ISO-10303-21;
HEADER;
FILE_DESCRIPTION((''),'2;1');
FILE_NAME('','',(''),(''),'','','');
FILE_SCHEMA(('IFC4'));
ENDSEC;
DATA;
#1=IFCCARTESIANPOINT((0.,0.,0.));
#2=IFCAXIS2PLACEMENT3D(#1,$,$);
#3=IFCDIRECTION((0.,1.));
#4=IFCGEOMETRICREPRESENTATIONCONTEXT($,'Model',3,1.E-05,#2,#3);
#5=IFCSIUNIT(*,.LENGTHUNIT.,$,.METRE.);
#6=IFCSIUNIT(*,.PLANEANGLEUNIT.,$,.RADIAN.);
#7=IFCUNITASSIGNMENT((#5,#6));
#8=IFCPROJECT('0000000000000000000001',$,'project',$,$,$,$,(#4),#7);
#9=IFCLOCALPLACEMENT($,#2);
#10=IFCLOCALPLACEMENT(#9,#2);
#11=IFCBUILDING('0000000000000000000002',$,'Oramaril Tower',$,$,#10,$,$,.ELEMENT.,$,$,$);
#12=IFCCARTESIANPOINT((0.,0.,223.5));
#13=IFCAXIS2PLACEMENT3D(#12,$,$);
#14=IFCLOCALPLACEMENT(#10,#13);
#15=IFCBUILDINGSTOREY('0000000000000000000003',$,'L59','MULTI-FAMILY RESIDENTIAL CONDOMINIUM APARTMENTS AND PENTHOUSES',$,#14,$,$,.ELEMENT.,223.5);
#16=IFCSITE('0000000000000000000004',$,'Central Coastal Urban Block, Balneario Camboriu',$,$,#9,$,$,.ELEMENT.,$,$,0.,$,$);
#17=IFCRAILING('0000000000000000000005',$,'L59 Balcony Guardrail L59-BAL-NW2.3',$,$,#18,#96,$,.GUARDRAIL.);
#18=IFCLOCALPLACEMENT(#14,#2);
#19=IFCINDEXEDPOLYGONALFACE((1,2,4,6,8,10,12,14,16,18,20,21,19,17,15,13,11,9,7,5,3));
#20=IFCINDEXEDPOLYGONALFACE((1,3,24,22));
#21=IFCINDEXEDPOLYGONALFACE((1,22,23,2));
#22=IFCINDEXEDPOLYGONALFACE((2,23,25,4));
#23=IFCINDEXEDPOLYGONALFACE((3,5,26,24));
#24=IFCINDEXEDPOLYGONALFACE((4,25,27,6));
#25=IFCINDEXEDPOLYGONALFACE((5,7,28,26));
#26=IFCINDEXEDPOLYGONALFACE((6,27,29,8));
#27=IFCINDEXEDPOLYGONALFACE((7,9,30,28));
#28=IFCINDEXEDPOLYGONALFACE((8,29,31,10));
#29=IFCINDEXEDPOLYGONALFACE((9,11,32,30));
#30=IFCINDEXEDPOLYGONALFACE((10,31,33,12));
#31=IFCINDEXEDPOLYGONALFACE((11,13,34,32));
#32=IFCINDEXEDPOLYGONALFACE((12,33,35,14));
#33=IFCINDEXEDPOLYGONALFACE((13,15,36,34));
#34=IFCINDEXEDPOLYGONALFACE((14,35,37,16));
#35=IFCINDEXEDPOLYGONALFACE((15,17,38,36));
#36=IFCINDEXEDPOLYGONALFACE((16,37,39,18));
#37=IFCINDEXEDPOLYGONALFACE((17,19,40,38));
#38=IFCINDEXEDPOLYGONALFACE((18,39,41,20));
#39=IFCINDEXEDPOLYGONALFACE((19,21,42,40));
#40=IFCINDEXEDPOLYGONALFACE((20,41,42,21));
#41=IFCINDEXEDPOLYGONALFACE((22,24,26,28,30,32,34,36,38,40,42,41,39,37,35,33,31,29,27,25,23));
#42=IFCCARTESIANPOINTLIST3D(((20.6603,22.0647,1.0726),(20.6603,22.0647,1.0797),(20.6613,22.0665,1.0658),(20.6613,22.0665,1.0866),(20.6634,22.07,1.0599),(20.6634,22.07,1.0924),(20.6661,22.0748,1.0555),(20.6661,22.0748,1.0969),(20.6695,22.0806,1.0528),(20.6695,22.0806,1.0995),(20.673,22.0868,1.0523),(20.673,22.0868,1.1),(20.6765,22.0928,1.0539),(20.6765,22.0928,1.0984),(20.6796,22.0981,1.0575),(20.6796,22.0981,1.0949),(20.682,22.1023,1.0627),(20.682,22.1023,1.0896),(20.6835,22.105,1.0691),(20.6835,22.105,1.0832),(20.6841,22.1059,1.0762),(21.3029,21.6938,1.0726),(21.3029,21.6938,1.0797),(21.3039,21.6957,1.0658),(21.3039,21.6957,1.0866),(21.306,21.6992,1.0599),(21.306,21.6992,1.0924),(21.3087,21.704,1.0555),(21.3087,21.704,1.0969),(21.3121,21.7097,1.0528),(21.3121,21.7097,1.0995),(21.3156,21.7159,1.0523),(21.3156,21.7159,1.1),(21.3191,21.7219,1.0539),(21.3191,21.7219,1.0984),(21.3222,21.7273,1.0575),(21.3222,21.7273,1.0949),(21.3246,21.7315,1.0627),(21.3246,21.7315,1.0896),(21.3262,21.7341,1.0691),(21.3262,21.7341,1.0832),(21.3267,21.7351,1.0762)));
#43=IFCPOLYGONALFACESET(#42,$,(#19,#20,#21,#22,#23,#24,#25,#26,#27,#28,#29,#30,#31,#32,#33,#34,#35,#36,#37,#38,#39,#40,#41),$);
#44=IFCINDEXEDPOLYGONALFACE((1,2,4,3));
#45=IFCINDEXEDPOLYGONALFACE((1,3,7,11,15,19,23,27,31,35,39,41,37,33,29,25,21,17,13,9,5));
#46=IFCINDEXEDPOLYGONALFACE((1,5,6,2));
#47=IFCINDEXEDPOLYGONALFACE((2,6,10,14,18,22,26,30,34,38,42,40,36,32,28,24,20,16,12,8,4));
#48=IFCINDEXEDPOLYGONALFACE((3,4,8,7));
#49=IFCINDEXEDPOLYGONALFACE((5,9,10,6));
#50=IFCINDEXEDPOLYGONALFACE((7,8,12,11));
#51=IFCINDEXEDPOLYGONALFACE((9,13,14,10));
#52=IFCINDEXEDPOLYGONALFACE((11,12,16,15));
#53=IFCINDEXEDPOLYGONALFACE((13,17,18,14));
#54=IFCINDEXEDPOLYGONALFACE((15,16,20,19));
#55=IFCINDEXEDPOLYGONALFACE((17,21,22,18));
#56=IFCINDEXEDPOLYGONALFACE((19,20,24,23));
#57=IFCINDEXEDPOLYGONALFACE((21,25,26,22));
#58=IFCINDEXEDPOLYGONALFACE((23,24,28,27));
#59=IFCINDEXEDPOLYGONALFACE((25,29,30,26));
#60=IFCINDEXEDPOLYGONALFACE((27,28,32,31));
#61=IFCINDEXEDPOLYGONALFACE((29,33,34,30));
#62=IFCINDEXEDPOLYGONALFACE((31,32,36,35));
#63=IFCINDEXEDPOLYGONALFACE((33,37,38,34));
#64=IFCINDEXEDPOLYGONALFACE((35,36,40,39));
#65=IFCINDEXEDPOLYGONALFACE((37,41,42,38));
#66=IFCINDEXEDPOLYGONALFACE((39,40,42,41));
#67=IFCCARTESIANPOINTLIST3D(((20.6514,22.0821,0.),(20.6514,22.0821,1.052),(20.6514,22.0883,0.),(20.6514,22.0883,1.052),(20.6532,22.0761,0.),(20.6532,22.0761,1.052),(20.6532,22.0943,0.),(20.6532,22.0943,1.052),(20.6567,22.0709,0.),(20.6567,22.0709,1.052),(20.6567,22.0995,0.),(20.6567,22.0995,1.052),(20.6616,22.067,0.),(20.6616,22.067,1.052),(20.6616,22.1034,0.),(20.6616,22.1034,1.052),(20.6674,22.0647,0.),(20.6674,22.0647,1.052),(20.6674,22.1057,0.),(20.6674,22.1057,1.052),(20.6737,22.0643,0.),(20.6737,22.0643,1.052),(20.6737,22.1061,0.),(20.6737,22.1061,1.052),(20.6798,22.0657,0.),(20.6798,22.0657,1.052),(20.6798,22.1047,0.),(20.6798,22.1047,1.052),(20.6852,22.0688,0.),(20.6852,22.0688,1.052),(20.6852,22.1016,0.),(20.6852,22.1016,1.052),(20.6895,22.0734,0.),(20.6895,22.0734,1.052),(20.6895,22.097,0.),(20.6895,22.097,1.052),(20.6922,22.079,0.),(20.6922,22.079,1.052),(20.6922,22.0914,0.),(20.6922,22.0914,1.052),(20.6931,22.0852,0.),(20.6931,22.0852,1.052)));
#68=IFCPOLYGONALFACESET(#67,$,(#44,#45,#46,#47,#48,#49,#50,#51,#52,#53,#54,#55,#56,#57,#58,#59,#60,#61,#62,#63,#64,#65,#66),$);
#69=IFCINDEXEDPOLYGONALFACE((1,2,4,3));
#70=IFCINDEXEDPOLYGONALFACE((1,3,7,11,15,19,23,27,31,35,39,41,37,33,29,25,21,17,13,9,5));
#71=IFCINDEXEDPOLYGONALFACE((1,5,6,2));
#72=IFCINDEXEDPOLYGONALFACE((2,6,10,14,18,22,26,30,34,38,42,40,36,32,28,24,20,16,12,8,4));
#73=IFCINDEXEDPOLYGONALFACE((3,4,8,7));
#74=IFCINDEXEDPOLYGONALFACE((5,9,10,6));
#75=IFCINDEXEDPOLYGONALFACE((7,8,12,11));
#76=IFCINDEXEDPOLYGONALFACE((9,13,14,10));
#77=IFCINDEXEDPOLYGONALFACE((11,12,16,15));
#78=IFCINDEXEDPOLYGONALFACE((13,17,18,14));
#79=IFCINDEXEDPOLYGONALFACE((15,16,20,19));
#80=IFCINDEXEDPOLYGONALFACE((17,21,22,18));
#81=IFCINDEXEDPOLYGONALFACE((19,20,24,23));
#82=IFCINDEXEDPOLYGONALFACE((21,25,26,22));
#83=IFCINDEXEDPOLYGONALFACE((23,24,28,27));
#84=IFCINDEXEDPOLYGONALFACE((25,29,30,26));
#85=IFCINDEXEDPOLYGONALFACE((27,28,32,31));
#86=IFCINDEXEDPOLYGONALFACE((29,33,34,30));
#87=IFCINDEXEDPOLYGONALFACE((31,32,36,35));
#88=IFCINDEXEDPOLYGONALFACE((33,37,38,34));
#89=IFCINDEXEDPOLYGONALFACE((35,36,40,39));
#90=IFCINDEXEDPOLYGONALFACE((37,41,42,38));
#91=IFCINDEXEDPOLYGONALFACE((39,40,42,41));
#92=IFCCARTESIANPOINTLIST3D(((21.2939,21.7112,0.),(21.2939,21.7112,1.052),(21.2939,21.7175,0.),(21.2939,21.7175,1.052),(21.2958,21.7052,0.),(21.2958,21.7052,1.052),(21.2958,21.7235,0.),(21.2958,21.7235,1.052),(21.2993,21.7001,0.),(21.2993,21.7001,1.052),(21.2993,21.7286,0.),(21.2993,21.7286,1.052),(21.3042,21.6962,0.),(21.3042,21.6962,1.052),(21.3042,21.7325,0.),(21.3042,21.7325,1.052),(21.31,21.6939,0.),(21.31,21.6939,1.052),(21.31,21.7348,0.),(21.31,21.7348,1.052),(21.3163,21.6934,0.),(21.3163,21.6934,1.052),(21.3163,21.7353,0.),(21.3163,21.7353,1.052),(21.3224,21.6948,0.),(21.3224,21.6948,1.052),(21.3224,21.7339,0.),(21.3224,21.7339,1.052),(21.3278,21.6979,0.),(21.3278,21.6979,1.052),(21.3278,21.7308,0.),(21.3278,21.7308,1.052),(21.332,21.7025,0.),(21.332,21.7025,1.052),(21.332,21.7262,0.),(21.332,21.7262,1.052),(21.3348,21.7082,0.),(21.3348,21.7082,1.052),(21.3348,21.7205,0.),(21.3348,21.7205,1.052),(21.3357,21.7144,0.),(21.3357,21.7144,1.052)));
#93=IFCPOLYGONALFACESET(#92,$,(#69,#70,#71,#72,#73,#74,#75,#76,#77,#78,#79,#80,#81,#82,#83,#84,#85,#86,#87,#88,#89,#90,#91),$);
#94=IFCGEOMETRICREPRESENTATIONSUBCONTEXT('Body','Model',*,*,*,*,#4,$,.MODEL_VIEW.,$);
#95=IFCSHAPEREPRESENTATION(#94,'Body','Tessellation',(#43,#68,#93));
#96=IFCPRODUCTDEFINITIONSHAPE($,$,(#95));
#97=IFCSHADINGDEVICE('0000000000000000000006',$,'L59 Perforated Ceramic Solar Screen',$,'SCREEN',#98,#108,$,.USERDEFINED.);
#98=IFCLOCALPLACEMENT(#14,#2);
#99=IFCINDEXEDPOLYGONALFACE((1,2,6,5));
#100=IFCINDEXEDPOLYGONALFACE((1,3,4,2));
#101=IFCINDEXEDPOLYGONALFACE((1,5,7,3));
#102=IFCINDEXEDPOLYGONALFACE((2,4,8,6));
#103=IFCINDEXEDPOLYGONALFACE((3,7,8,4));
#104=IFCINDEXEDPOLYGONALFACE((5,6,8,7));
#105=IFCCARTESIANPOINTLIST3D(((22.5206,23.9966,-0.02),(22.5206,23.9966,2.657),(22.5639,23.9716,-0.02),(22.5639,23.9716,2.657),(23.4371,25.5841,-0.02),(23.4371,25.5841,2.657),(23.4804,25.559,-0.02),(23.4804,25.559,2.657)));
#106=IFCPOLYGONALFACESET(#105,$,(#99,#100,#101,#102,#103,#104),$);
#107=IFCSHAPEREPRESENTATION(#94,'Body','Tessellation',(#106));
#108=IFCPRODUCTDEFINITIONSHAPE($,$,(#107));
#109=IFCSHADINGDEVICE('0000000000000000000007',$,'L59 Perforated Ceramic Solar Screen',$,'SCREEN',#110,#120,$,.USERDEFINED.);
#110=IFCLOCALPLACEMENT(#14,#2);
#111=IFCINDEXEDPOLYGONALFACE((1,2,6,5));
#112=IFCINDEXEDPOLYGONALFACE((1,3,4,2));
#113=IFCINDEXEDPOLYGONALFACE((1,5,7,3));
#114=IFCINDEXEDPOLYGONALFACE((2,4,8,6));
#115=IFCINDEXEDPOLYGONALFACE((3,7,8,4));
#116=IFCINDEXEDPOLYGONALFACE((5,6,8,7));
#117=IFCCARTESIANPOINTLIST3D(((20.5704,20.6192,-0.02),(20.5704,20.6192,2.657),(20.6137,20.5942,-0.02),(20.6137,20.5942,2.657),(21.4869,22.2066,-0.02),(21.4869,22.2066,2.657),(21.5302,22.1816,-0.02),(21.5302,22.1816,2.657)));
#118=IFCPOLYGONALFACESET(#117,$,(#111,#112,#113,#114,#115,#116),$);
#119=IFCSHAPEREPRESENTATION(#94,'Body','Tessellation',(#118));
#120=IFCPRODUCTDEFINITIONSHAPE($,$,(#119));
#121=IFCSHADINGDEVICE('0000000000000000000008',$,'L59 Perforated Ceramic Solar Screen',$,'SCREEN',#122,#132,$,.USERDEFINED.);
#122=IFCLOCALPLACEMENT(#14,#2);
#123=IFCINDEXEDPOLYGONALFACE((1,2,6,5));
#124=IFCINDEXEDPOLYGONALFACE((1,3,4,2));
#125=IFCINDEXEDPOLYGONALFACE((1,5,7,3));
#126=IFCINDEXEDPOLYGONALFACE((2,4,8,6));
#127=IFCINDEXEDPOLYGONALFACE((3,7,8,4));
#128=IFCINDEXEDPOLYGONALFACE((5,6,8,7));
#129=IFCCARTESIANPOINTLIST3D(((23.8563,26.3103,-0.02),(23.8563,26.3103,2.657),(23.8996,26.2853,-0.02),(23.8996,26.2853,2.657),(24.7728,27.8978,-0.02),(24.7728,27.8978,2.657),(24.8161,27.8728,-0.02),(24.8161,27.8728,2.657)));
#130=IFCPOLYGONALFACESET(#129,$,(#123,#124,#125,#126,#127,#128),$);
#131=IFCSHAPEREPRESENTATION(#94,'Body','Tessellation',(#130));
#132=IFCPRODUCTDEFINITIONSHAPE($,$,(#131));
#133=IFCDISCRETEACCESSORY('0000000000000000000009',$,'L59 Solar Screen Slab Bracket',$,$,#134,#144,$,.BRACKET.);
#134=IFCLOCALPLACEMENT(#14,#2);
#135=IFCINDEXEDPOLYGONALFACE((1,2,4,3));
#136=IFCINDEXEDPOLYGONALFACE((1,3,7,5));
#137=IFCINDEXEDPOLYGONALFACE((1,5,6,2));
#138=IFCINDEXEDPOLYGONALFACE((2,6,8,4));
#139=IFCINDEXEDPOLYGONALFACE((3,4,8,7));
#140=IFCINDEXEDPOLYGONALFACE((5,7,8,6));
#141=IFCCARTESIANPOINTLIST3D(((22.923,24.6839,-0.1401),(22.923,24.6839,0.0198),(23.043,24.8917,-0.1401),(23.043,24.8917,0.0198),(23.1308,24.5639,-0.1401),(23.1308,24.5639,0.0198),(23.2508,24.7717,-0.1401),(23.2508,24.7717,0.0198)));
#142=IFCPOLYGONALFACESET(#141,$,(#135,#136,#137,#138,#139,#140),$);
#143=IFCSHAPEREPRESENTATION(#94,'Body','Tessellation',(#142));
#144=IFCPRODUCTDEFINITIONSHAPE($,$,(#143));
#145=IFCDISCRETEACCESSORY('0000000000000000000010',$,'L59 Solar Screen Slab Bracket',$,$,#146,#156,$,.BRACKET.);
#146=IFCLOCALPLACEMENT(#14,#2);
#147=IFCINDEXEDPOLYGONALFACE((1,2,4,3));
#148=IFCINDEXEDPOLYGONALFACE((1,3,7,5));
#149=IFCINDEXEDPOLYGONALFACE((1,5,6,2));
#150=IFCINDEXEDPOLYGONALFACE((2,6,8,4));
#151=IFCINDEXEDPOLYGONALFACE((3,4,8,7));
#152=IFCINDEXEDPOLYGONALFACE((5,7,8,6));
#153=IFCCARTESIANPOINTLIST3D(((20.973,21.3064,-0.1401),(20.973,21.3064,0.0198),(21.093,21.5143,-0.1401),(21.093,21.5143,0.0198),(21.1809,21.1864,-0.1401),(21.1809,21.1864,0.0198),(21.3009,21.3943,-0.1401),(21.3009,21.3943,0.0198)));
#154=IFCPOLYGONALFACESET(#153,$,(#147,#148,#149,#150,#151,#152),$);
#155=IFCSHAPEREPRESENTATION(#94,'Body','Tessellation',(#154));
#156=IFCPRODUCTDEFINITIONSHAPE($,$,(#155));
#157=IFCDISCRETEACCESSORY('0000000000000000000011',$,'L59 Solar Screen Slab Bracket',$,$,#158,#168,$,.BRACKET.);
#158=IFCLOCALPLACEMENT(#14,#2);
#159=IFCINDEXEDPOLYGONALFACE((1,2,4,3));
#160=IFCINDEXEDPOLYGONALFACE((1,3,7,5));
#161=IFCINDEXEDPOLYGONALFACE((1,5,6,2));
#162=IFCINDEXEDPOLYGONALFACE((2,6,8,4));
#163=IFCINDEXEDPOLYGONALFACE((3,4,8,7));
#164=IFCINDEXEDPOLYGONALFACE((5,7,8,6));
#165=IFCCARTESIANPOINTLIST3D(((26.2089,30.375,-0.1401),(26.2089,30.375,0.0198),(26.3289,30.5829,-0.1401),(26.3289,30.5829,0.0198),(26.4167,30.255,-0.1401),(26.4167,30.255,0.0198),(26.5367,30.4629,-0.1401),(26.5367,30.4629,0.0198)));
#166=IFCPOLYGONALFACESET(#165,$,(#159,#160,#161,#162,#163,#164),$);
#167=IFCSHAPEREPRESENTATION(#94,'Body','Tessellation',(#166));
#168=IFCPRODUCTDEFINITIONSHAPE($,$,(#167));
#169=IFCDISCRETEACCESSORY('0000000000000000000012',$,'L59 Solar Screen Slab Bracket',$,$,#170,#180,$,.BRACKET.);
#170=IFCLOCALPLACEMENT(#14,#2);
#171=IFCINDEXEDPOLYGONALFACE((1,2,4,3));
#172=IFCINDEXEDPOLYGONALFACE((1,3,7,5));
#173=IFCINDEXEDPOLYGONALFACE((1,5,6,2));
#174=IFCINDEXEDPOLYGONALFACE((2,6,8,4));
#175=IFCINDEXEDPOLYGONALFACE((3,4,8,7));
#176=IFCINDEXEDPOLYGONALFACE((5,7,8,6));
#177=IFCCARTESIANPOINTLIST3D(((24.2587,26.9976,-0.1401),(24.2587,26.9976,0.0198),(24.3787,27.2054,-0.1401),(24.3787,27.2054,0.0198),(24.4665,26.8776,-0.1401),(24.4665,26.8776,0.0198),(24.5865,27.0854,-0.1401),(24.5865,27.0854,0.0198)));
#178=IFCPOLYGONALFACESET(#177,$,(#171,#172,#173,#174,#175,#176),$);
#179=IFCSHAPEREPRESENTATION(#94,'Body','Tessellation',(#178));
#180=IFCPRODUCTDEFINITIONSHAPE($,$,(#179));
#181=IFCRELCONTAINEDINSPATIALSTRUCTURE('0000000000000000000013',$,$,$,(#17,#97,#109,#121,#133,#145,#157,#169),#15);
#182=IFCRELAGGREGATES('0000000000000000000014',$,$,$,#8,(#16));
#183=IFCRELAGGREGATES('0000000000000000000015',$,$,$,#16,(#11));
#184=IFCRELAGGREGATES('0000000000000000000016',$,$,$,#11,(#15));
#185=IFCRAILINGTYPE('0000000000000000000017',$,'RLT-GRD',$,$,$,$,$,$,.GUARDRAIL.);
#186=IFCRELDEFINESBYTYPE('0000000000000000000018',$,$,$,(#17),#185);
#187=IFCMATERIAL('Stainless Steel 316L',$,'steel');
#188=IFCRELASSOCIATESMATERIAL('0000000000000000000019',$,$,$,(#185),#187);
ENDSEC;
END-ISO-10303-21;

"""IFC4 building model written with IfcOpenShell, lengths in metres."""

from ifc_helpers import new_model, si_unit, direction, frame, origin, origin_2d, place, context, subcontext, project, spatial, rectangle, circle, extrude, material, type_object, element, save


model = new_model("IFC4")

# Units and contexts
model_context = context("Model", 3, precision=1e-05, world=origin(), true_north=direction((0.0, 1.0)))
body_context = subcontext(model_context, "Body", "Model", "MODEL_VIEW")
ifc_project = project(units=[si_unit("LENGTHUNIT", "METRE"), si_unit("PLANEANGLEUNIT", "RADIAN")], contexts=[model_context])

# Site, building, storey
site_placement = place(None, origin())
site = spatial("IfcSite", under=ifc_project, at=site_placement, Name="Central Coastal Urban Block, Balneario Camboriu", CompositionType="ELEMENT", RefElevation=0.0)
building_placement = place(site_placement, origin())
building = spatial("IfcBuilding", under=site, at=building_placement, Name="Oramaril Tower", CompositionType="ELEMENT")
storey_placement = place(building_placement, frame((0.0, 0.0, 223.5)))
storey = spatial("IfcBuildingStorey", under=building, at=storey_placement, Name="L59", Description="MULTI-FAMILY RESIDENTIAL CONDOMINIUM APARTMENTS AND PENTHOUSES", CompositionType="ELEMENT", Elevation=223.5)

# Railing
ifc_material_1 = material(Name="Stainless Steel 316L", Category="steel")
railing_type = type_object("IfcRailingType", Name="RLT-GRD", PredefinedType="GUARDRAIL", material=ifc_material_1)
railing_placement = place(storey_placement, frame((20.6721, 22.0852, 0.0)))
element("IfcRailing", 1, at=railing_placement, inside=storey, type_object=railing_type, Name="L59 Balcony Guardrail L59-BAL-NW2.3", PredefinedType="GUARDRAIL", context=body_context, shape_type="SweptSolid", body=[
    extrude(circle(Radius=0.0239, at=origin_2d()), frame((0.0, 0.0, 1.0762), z_axis=(0.866109, -0.499855, 0.0), x_axis=(0.499855, 0.866109, 0.0)), (0.0, 0.0, 1.0), 0.7419),
    extrude(circle(Radius=0.021, at=origin_2d()), origin(), (0.0, 0.0, 1.0), 1.052),
    extrude(circle(Radius=0.021, at=origin_2d()), frame((0.6426, -0.3708, 0.0)), (0.0, 0.0, 1.0), 1.052),
])

# Shading devices
for number, where, z_axis, x_axis, name in (
    (2, (23.0005, 24.7778, -0.02), (0.0, 0.0, 1.0), (-0.5, -0.866025, 0.0), "L59 Perforated Ceramic Solar Screen"),
    (3, (21.0503, 21.4004, -0.02), (0.0, 0.0, 1.0), (-0.5, -0.866025, 0.0), "L59 Perforated Ceramic Solar Screen"),
    (4, (24.3362, 27.0916, -0.02), (0.0, 0.0, 1.0), (-0.5, -0.866025, 0.0), "L59 Perforated Ceramic Solar Screen"),
):
    element("IfcShadingDevice", number, at=place(storey_placement, frame(where, z_axis=z_axis, x_axis=x_axis)), inside=storey, Name=name, ObjectType="SCREEN", PredefinedType="USERDEFINED", context=body_context, shape_type="SweptSolid", body=[
        extrude(rectangle(XDim=1.833, YDim=0.05, at=origin_2d()), origin(), (0.0, 0.0, 1.0), 2.677),
    ])

# Discrete accessories
for number, where, z_axis, x_axis, name in (
    (5, (23.0869, 24.7278, -0.1401), (0.0, 0.0, 1.0), (-0.5, -0.866025, 0.0), "L59 Solar Screen Slab Bracket"),
    (6, (21.137, 21.3503, -0.1401), (0.0, 0.0, 1.0), (-0.5, -0.866025, 0.0), "L59 Solar Screen Slab Bracket"),
    (7, (26.3728, 30.4189, -0.1401), (0.0, 0.0, 1.0), (-0.5, -0.866025, 0.0), "L59 Solar Screen Slab Bracket"),
    (8, (24.4226, 27.0415, -0.1401), (0.0, 0.0, 1.0), (-0.5, -0.866025, 0.0), "L59 Solar Screen Slab Bracket"),
):
    element("IfcDiscreteAccessory", number, at=place(storey_placement, frame(where, z_axis=z_axis, x_axis=x_axis)), inside=storey, Name=name, PredefinedType="BRACKET", context=body_context, shape_type="SweptSolid", body=[
        extrude(rectangle(XDim=0.24, YDim=0.24, at=origin_2d()), origin(), (0.0, 0.0, 1.0), 0.1599),
    ])

save(model, "model.ifc")
